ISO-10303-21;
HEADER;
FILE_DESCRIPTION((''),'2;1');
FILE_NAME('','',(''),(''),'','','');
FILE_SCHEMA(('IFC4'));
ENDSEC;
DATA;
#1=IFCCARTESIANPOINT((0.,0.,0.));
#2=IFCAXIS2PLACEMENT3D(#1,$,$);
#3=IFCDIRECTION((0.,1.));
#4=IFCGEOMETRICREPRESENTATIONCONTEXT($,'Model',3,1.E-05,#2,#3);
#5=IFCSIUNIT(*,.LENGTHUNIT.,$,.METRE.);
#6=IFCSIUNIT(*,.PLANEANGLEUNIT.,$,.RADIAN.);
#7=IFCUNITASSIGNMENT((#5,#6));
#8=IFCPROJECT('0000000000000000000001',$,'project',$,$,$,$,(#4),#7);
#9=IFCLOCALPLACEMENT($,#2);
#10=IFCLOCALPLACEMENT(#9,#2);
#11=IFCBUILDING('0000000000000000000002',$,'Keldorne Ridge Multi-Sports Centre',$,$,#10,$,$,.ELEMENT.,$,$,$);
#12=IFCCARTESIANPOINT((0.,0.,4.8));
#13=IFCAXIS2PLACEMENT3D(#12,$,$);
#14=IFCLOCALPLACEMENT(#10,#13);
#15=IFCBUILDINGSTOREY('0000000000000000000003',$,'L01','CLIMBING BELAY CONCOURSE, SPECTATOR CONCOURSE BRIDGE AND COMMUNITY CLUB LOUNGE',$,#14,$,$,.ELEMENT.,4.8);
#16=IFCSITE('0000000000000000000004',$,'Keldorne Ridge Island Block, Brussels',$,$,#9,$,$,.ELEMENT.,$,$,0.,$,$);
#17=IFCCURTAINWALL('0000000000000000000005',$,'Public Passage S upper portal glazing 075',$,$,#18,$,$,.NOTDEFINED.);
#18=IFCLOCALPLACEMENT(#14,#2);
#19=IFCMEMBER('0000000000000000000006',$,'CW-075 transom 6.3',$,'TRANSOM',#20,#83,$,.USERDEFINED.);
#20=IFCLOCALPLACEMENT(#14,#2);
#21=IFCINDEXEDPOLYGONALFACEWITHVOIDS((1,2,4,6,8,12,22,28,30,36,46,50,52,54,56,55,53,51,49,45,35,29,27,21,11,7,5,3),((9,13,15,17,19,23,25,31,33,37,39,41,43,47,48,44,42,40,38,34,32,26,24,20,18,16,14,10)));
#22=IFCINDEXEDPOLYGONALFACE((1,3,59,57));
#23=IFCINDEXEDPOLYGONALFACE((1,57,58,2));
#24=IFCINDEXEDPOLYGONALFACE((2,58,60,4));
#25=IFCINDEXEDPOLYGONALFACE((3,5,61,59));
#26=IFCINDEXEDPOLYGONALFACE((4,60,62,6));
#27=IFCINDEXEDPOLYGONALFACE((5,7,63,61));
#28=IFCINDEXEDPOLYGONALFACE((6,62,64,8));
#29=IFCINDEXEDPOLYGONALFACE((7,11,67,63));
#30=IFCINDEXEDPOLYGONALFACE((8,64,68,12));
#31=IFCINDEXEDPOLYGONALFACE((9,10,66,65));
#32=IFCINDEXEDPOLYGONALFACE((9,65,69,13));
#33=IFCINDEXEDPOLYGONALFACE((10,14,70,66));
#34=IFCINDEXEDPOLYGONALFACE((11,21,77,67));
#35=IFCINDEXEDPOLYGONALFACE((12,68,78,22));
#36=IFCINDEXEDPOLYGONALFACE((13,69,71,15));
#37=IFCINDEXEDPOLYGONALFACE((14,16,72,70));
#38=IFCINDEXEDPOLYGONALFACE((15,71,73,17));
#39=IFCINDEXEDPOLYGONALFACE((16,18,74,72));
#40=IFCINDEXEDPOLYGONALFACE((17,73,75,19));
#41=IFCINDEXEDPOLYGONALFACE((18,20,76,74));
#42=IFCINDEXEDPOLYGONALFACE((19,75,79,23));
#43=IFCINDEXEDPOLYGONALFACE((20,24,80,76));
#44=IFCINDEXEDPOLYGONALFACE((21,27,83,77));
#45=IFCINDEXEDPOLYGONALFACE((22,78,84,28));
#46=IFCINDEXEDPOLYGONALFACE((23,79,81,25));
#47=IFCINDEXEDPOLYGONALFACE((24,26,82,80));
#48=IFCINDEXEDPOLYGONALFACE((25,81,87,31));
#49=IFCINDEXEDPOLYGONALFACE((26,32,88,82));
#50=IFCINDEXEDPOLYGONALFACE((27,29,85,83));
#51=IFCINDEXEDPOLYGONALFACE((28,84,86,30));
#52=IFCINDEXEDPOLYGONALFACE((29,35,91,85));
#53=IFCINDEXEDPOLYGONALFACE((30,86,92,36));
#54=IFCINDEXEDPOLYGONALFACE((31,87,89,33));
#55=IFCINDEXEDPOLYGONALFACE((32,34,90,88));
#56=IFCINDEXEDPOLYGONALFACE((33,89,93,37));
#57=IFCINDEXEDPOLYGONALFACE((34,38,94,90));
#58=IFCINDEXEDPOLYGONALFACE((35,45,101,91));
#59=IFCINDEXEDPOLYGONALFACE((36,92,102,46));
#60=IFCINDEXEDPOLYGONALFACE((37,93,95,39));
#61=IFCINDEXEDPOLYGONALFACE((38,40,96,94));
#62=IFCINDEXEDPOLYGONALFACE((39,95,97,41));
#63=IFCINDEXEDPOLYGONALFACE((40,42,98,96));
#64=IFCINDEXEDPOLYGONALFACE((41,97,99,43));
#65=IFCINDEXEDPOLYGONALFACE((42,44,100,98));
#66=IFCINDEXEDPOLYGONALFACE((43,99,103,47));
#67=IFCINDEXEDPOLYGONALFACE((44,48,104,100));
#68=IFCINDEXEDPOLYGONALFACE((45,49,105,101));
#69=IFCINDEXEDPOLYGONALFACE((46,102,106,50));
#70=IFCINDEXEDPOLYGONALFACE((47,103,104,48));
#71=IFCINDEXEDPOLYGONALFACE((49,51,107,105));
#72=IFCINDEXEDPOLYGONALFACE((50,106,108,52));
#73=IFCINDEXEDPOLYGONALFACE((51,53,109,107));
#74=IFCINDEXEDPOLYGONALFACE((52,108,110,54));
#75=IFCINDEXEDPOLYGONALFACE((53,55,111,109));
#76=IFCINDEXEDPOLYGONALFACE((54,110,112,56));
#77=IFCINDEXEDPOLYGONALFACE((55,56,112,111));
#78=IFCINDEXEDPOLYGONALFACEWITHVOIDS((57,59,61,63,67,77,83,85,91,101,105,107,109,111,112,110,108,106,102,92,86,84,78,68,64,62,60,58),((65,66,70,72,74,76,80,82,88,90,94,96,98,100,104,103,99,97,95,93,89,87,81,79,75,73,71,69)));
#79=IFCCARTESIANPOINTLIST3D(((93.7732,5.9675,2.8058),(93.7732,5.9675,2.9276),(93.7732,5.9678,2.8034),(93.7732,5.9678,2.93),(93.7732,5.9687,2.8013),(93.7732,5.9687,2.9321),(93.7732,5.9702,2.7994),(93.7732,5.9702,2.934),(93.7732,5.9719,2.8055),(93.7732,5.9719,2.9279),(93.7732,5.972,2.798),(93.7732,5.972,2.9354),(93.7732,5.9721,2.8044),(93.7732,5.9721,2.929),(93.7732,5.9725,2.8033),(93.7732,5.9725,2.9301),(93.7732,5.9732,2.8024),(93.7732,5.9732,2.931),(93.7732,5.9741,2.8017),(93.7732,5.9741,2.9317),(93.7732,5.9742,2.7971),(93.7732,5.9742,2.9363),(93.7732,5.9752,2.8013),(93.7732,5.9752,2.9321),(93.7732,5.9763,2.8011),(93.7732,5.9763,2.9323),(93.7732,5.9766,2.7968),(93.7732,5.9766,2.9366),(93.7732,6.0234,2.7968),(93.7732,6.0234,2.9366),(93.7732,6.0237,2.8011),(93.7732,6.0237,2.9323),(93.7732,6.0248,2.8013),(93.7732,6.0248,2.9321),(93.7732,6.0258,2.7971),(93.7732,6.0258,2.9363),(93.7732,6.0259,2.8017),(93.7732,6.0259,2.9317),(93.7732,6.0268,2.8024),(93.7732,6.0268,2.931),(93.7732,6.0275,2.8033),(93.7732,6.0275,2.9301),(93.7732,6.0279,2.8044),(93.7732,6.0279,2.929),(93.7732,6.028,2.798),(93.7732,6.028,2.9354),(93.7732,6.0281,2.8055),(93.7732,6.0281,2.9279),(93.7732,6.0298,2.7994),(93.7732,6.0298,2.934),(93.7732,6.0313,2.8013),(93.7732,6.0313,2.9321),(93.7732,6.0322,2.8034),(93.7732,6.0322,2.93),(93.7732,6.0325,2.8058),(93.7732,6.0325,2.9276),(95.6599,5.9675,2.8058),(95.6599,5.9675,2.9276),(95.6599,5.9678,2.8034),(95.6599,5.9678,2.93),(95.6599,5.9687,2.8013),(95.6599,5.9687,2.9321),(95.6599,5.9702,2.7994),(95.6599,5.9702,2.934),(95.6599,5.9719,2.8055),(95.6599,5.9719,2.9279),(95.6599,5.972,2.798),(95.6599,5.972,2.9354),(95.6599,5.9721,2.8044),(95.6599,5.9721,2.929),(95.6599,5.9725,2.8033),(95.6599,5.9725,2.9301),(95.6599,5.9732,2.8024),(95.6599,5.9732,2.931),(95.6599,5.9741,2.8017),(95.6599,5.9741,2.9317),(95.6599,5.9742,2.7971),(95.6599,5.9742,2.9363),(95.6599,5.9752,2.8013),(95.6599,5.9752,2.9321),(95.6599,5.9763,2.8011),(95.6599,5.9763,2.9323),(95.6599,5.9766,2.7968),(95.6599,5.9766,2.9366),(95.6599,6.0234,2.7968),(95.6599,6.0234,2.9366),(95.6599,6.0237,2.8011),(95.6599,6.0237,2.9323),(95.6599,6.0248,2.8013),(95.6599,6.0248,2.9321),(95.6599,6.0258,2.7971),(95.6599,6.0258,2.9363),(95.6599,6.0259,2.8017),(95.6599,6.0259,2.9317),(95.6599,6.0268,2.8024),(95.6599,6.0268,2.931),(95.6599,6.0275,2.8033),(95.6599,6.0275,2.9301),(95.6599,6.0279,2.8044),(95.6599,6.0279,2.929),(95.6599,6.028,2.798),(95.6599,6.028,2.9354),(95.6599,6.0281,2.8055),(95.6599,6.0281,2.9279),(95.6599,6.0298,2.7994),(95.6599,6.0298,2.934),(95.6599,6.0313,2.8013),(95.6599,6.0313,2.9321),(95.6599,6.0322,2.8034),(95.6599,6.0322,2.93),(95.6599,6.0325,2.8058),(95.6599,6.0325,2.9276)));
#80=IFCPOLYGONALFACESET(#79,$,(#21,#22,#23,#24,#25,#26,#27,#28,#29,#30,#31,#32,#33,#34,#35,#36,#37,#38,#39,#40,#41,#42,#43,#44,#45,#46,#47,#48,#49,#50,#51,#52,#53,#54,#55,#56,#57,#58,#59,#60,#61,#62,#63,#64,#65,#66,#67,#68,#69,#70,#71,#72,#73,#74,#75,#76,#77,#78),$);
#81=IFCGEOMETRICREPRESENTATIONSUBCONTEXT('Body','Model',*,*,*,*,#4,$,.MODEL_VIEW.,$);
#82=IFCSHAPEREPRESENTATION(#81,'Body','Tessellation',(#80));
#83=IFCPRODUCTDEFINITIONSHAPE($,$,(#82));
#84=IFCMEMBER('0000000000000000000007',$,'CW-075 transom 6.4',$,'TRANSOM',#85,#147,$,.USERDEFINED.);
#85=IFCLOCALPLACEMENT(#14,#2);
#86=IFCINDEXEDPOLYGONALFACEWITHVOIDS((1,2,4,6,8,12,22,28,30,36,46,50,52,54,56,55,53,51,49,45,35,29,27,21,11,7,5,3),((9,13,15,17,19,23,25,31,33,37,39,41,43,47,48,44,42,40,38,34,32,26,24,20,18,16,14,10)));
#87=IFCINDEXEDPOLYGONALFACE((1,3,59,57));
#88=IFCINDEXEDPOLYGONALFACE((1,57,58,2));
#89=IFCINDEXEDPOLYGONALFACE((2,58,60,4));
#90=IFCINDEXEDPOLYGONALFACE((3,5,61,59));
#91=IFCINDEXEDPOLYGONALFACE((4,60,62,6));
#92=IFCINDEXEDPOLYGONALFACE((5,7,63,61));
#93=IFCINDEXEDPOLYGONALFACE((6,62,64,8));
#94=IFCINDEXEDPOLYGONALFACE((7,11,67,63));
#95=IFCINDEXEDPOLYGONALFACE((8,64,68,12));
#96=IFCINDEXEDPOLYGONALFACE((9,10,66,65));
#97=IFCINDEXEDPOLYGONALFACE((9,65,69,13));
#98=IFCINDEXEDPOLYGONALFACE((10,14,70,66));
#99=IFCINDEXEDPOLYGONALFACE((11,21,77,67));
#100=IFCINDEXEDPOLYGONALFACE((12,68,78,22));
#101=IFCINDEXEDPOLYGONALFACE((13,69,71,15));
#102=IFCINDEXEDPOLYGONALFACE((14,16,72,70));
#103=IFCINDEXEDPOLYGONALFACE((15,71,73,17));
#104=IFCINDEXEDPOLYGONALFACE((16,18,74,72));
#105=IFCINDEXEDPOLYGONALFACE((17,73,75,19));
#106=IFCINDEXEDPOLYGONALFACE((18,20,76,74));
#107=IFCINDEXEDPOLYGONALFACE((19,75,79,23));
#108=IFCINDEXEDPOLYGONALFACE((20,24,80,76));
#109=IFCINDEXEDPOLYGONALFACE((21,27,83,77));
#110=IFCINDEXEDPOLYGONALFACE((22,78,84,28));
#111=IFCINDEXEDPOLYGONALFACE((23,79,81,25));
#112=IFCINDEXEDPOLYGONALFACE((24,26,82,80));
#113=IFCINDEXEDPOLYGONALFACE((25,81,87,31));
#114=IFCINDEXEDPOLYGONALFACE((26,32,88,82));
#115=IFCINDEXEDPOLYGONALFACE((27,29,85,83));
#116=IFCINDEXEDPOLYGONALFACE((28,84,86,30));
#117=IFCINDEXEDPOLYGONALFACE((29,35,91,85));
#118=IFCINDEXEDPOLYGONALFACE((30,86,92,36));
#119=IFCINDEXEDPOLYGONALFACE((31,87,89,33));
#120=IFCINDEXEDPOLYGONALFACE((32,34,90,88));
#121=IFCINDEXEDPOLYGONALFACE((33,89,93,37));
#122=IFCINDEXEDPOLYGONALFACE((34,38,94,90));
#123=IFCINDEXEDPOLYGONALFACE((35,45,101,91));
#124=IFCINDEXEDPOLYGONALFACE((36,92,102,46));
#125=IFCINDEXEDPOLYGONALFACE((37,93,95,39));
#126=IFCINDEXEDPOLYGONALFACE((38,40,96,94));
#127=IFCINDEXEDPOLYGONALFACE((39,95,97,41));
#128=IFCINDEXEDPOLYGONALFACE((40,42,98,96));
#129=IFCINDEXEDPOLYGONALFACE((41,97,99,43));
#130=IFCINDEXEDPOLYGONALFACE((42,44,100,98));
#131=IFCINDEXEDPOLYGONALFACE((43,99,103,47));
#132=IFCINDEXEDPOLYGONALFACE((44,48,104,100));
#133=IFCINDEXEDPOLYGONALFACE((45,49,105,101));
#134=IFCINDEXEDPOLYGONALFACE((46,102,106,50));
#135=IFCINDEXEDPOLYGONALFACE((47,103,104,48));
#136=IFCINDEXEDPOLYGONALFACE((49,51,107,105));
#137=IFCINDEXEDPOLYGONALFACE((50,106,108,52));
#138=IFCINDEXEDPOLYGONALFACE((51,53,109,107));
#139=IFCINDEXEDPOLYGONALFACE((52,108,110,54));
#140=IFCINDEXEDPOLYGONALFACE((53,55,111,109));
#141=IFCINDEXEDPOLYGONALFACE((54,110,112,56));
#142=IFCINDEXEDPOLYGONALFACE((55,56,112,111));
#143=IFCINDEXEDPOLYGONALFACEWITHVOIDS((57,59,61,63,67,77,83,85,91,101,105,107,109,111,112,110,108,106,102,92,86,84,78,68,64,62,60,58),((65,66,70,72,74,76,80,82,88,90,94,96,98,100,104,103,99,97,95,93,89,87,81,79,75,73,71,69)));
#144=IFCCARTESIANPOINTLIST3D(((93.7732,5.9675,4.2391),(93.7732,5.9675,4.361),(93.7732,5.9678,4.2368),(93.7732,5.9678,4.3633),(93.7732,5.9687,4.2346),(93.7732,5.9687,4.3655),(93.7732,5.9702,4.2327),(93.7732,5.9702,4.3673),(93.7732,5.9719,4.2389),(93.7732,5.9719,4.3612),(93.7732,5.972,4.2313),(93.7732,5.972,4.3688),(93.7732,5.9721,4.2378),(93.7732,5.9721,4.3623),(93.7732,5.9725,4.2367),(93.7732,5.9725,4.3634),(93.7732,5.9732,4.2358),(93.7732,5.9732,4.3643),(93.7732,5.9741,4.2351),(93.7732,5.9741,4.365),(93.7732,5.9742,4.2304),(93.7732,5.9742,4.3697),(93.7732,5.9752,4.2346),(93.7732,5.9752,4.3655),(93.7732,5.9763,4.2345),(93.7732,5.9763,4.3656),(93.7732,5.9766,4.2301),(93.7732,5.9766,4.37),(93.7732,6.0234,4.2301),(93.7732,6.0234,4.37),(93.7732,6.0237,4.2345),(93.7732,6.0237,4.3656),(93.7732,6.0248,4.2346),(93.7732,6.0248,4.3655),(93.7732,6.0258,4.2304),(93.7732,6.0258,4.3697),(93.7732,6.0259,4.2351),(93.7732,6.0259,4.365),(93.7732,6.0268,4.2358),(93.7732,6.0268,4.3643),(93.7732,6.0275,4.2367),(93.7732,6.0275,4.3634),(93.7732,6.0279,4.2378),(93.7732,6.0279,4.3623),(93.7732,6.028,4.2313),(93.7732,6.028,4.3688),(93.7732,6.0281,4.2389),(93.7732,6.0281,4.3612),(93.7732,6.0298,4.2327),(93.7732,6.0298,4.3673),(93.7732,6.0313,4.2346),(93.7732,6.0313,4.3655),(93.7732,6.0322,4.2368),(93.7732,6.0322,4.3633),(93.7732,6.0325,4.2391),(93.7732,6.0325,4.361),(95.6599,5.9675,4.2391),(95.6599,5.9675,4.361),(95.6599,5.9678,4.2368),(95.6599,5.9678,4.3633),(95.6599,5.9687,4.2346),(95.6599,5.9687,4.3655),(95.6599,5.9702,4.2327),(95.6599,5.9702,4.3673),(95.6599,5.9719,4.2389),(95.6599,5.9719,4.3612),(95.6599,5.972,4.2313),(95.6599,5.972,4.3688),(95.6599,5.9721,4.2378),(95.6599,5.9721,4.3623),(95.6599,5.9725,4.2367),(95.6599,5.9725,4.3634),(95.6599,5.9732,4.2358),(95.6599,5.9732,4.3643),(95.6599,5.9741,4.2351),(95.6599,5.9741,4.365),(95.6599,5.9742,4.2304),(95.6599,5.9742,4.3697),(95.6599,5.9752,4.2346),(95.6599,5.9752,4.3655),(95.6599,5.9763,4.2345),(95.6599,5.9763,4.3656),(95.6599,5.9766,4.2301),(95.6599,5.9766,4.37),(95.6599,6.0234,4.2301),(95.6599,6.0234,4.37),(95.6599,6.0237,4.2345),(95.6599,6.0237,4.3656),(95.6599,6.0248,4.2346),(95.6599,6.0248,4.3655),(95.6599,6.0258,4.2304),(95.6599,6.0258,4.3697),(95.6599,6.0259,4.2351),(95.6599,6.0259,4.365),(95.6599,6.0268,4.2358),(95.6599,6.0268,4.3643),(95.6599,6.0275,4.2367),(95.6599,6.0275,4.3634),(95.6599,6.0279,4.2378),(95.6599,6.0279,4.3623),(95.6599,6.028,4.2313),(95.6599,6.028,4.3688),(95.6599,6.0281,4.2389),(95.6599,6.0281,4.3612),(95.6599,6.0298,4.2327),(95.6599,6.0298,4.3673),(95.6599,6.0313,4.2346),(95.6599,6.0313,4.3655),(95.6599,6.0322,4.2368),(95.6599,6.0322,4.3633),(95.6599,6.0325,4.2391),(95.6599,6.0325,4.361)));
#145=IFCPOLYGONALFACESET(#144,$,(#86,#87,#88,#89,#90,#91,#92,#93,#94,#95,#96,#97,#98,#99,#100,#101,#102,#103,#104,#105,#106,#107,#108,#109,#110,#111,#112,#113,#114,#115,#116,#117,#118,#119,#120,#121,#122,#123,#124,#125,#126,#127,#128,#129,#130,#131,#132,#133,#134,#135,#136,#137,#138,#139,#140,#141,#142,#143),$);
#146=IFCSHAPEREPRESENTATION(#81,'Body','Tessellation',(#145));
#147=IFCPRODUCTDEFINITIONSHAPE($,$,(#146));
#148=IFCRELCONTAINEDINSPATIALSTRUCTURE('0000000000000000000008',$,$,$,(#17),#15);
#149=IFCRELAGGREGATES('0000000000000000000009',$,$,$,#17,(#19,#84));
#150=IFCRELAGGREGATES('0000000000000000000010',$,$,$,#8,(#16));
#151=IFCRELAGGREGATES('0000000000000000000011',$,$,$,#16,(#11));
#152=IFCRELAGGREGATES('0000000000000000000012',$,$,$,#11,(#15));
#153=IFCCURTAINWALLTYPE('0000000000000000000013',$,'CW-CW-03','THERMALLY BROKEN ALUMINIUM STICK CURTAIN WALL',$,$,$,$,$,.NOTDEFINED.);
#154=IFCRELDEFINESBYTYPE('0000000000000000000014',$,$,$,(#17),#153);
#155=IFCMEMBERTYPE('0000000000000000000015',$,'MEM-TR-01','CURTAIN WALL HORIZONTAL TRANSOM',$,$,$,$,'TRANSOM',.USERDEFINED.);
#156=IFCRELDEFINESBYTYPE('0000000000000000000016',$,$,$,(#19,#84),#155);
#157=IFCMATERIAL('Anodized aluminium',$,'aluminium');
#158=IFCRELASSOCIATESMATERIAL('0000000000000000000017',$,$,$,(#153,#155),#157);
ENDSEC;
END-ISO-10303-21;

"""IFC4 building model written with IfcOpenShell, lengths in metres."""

from ifc_helpers import new_model, si_unit, direction, frame, origin, origin_2d, place, context, subcontext, project, spatial, hollow_rectangle, extrude, material, material_profile, profile_set, type_object, element, aggregate, save


model = new_model("IFC4")

# Units and contexts
model_context = context("Model", 3, precision=1e-05, world=origin(), true_north=direction((0.0, 1.0)))
body_context = subcontext(model_context, "Body", "Model", "MODEL_VIEW")
ifc_project = project(units=[si_unit("LENGTHUNIT", "METRE"), si_unit("PLANEANGLEUNIT", "RADIAN")], contexts=[model_context])

# Site, building, storey
site_placement = place(None, origin())
site = spatial("IfcSite", under=ifc_project, at=site_placement, Name="Keldorne Ridge Island Block, Brussels", CompositionType="ELEMENT", RefElevation=0.0)
building_placement = place(site_placement, origin())
building = spatial("IfcBuilding", under=site, at=building_placement, Name="Keldorne Ridge Multi-Sports Centre", CompositionType="ELEMENT")
storey_placement = place(building_placement, frame((0.0, 0.0, 4.8)))
storey = spatial("IfcBuildingStorey", under=building, at=storey_placement, Name="L01", Description="CLIMBING BELAY CONCOURSE, SPECTATOR CONCOURSE BRIDGE AND COMMUNITY CLUB LOUNGE", CompositionType="ELEMENT", Elevation=4.8)

# Curtain wall
ifc_material_1 = material(Name="Anodized aluminium", Category="aluminium")
curtain_wall_type_1 = type_object("IfcCurtainWallType", Name="CW-CW-03", Description="THERMALLY BROKEN ALUMINIUM STICK CURTAIN WALL", PredefinedType="NOTDEFINED", material=ifc_material_1)
curtain_wall_1_placement = place(storey_placement, origin())
curtain_wall_1 = element("IfcCurtainWall", 1, at=curtain_wall_1_placement, inside=storey, type_object=curtain_wall_type_1, Name="Public Passage S upper portal glazing 075", PredefinedType="NOTDEFINED")

# Members
ifc_material_profile_1 = material_profile(ifc_material_1, hollow_rectangle(XDim=0.0649, YDim=0.1399, WallThickness=0.0044, InnerFilletRadius=0.0044, OuterFilletRadius=0.009, at=origin_2d()), Name="ALU TRANSOM 140x65x4.5")
ifc_profile_set_1 = profile_set([ifc_material_profile_1], Name="Anodized aluminium")
member_type_1 = type_object("IfcMemberType", Name="MEM-TR-01", Description="CURTAIN WALL HORIZONTAL TRANSOM", ElementType="TRANSOM", PredefinedType="USERDEFINED", material=ifc_profile_set_1)
member_1_placement = place(storey_placement, frame((93.7732, 6.0, 2.8667), z_axis=(1.0, 0.0, 0.0), x_axis=(0.0, 1.0, 0.0)))
member_1 = element("IfcMember", 2, at=member_1_placement, type_object=member_type_1, Name="CW-075 transom 6.3", ObjectType="TRANSOM", PredefinedType="USERDEFINED", context=body_context, shape_type="SweptSolid", body=[
    extrude(hollow_rectangle(XDim=0.0649, YDim=0.1399, WallThickness=0.0044, InnerFilletRadius=0.0044, OuterFilletRadius=0.009, at=origin_2d()), origin(), (0.0, 0.0, 1.0), 1.8867),
])
member_2_placement = place(storey_placement, frame((93.7732, 6.0, 4.3), z_axis=(1.0, 0.0, 0.0), x_axis=(0.0, 1.0, 0.0)))
member_2 = element("IfcMember", 3, at=member_2_placement, type_object=member_type_1, Name="CW-075 transom 6.4", ObjectType="TRANSOM", PredefinedType="USERDEFINED", context=body_context, shape_type="SweptSolid", body=[
    extrude(hollow_rectangle(XDim=0.0649, YDim=0.1399, WallThickness=0.0044, InnerFilletRadius=0.0044, OuterFilletRadius=0.009, at=origin_2d()), origin(), (0.0, 0.0, 1.0), 1.8867),
])

aggregate(curtain_wall_1, [member_1, member_2])

save(model, "model.ifc")
